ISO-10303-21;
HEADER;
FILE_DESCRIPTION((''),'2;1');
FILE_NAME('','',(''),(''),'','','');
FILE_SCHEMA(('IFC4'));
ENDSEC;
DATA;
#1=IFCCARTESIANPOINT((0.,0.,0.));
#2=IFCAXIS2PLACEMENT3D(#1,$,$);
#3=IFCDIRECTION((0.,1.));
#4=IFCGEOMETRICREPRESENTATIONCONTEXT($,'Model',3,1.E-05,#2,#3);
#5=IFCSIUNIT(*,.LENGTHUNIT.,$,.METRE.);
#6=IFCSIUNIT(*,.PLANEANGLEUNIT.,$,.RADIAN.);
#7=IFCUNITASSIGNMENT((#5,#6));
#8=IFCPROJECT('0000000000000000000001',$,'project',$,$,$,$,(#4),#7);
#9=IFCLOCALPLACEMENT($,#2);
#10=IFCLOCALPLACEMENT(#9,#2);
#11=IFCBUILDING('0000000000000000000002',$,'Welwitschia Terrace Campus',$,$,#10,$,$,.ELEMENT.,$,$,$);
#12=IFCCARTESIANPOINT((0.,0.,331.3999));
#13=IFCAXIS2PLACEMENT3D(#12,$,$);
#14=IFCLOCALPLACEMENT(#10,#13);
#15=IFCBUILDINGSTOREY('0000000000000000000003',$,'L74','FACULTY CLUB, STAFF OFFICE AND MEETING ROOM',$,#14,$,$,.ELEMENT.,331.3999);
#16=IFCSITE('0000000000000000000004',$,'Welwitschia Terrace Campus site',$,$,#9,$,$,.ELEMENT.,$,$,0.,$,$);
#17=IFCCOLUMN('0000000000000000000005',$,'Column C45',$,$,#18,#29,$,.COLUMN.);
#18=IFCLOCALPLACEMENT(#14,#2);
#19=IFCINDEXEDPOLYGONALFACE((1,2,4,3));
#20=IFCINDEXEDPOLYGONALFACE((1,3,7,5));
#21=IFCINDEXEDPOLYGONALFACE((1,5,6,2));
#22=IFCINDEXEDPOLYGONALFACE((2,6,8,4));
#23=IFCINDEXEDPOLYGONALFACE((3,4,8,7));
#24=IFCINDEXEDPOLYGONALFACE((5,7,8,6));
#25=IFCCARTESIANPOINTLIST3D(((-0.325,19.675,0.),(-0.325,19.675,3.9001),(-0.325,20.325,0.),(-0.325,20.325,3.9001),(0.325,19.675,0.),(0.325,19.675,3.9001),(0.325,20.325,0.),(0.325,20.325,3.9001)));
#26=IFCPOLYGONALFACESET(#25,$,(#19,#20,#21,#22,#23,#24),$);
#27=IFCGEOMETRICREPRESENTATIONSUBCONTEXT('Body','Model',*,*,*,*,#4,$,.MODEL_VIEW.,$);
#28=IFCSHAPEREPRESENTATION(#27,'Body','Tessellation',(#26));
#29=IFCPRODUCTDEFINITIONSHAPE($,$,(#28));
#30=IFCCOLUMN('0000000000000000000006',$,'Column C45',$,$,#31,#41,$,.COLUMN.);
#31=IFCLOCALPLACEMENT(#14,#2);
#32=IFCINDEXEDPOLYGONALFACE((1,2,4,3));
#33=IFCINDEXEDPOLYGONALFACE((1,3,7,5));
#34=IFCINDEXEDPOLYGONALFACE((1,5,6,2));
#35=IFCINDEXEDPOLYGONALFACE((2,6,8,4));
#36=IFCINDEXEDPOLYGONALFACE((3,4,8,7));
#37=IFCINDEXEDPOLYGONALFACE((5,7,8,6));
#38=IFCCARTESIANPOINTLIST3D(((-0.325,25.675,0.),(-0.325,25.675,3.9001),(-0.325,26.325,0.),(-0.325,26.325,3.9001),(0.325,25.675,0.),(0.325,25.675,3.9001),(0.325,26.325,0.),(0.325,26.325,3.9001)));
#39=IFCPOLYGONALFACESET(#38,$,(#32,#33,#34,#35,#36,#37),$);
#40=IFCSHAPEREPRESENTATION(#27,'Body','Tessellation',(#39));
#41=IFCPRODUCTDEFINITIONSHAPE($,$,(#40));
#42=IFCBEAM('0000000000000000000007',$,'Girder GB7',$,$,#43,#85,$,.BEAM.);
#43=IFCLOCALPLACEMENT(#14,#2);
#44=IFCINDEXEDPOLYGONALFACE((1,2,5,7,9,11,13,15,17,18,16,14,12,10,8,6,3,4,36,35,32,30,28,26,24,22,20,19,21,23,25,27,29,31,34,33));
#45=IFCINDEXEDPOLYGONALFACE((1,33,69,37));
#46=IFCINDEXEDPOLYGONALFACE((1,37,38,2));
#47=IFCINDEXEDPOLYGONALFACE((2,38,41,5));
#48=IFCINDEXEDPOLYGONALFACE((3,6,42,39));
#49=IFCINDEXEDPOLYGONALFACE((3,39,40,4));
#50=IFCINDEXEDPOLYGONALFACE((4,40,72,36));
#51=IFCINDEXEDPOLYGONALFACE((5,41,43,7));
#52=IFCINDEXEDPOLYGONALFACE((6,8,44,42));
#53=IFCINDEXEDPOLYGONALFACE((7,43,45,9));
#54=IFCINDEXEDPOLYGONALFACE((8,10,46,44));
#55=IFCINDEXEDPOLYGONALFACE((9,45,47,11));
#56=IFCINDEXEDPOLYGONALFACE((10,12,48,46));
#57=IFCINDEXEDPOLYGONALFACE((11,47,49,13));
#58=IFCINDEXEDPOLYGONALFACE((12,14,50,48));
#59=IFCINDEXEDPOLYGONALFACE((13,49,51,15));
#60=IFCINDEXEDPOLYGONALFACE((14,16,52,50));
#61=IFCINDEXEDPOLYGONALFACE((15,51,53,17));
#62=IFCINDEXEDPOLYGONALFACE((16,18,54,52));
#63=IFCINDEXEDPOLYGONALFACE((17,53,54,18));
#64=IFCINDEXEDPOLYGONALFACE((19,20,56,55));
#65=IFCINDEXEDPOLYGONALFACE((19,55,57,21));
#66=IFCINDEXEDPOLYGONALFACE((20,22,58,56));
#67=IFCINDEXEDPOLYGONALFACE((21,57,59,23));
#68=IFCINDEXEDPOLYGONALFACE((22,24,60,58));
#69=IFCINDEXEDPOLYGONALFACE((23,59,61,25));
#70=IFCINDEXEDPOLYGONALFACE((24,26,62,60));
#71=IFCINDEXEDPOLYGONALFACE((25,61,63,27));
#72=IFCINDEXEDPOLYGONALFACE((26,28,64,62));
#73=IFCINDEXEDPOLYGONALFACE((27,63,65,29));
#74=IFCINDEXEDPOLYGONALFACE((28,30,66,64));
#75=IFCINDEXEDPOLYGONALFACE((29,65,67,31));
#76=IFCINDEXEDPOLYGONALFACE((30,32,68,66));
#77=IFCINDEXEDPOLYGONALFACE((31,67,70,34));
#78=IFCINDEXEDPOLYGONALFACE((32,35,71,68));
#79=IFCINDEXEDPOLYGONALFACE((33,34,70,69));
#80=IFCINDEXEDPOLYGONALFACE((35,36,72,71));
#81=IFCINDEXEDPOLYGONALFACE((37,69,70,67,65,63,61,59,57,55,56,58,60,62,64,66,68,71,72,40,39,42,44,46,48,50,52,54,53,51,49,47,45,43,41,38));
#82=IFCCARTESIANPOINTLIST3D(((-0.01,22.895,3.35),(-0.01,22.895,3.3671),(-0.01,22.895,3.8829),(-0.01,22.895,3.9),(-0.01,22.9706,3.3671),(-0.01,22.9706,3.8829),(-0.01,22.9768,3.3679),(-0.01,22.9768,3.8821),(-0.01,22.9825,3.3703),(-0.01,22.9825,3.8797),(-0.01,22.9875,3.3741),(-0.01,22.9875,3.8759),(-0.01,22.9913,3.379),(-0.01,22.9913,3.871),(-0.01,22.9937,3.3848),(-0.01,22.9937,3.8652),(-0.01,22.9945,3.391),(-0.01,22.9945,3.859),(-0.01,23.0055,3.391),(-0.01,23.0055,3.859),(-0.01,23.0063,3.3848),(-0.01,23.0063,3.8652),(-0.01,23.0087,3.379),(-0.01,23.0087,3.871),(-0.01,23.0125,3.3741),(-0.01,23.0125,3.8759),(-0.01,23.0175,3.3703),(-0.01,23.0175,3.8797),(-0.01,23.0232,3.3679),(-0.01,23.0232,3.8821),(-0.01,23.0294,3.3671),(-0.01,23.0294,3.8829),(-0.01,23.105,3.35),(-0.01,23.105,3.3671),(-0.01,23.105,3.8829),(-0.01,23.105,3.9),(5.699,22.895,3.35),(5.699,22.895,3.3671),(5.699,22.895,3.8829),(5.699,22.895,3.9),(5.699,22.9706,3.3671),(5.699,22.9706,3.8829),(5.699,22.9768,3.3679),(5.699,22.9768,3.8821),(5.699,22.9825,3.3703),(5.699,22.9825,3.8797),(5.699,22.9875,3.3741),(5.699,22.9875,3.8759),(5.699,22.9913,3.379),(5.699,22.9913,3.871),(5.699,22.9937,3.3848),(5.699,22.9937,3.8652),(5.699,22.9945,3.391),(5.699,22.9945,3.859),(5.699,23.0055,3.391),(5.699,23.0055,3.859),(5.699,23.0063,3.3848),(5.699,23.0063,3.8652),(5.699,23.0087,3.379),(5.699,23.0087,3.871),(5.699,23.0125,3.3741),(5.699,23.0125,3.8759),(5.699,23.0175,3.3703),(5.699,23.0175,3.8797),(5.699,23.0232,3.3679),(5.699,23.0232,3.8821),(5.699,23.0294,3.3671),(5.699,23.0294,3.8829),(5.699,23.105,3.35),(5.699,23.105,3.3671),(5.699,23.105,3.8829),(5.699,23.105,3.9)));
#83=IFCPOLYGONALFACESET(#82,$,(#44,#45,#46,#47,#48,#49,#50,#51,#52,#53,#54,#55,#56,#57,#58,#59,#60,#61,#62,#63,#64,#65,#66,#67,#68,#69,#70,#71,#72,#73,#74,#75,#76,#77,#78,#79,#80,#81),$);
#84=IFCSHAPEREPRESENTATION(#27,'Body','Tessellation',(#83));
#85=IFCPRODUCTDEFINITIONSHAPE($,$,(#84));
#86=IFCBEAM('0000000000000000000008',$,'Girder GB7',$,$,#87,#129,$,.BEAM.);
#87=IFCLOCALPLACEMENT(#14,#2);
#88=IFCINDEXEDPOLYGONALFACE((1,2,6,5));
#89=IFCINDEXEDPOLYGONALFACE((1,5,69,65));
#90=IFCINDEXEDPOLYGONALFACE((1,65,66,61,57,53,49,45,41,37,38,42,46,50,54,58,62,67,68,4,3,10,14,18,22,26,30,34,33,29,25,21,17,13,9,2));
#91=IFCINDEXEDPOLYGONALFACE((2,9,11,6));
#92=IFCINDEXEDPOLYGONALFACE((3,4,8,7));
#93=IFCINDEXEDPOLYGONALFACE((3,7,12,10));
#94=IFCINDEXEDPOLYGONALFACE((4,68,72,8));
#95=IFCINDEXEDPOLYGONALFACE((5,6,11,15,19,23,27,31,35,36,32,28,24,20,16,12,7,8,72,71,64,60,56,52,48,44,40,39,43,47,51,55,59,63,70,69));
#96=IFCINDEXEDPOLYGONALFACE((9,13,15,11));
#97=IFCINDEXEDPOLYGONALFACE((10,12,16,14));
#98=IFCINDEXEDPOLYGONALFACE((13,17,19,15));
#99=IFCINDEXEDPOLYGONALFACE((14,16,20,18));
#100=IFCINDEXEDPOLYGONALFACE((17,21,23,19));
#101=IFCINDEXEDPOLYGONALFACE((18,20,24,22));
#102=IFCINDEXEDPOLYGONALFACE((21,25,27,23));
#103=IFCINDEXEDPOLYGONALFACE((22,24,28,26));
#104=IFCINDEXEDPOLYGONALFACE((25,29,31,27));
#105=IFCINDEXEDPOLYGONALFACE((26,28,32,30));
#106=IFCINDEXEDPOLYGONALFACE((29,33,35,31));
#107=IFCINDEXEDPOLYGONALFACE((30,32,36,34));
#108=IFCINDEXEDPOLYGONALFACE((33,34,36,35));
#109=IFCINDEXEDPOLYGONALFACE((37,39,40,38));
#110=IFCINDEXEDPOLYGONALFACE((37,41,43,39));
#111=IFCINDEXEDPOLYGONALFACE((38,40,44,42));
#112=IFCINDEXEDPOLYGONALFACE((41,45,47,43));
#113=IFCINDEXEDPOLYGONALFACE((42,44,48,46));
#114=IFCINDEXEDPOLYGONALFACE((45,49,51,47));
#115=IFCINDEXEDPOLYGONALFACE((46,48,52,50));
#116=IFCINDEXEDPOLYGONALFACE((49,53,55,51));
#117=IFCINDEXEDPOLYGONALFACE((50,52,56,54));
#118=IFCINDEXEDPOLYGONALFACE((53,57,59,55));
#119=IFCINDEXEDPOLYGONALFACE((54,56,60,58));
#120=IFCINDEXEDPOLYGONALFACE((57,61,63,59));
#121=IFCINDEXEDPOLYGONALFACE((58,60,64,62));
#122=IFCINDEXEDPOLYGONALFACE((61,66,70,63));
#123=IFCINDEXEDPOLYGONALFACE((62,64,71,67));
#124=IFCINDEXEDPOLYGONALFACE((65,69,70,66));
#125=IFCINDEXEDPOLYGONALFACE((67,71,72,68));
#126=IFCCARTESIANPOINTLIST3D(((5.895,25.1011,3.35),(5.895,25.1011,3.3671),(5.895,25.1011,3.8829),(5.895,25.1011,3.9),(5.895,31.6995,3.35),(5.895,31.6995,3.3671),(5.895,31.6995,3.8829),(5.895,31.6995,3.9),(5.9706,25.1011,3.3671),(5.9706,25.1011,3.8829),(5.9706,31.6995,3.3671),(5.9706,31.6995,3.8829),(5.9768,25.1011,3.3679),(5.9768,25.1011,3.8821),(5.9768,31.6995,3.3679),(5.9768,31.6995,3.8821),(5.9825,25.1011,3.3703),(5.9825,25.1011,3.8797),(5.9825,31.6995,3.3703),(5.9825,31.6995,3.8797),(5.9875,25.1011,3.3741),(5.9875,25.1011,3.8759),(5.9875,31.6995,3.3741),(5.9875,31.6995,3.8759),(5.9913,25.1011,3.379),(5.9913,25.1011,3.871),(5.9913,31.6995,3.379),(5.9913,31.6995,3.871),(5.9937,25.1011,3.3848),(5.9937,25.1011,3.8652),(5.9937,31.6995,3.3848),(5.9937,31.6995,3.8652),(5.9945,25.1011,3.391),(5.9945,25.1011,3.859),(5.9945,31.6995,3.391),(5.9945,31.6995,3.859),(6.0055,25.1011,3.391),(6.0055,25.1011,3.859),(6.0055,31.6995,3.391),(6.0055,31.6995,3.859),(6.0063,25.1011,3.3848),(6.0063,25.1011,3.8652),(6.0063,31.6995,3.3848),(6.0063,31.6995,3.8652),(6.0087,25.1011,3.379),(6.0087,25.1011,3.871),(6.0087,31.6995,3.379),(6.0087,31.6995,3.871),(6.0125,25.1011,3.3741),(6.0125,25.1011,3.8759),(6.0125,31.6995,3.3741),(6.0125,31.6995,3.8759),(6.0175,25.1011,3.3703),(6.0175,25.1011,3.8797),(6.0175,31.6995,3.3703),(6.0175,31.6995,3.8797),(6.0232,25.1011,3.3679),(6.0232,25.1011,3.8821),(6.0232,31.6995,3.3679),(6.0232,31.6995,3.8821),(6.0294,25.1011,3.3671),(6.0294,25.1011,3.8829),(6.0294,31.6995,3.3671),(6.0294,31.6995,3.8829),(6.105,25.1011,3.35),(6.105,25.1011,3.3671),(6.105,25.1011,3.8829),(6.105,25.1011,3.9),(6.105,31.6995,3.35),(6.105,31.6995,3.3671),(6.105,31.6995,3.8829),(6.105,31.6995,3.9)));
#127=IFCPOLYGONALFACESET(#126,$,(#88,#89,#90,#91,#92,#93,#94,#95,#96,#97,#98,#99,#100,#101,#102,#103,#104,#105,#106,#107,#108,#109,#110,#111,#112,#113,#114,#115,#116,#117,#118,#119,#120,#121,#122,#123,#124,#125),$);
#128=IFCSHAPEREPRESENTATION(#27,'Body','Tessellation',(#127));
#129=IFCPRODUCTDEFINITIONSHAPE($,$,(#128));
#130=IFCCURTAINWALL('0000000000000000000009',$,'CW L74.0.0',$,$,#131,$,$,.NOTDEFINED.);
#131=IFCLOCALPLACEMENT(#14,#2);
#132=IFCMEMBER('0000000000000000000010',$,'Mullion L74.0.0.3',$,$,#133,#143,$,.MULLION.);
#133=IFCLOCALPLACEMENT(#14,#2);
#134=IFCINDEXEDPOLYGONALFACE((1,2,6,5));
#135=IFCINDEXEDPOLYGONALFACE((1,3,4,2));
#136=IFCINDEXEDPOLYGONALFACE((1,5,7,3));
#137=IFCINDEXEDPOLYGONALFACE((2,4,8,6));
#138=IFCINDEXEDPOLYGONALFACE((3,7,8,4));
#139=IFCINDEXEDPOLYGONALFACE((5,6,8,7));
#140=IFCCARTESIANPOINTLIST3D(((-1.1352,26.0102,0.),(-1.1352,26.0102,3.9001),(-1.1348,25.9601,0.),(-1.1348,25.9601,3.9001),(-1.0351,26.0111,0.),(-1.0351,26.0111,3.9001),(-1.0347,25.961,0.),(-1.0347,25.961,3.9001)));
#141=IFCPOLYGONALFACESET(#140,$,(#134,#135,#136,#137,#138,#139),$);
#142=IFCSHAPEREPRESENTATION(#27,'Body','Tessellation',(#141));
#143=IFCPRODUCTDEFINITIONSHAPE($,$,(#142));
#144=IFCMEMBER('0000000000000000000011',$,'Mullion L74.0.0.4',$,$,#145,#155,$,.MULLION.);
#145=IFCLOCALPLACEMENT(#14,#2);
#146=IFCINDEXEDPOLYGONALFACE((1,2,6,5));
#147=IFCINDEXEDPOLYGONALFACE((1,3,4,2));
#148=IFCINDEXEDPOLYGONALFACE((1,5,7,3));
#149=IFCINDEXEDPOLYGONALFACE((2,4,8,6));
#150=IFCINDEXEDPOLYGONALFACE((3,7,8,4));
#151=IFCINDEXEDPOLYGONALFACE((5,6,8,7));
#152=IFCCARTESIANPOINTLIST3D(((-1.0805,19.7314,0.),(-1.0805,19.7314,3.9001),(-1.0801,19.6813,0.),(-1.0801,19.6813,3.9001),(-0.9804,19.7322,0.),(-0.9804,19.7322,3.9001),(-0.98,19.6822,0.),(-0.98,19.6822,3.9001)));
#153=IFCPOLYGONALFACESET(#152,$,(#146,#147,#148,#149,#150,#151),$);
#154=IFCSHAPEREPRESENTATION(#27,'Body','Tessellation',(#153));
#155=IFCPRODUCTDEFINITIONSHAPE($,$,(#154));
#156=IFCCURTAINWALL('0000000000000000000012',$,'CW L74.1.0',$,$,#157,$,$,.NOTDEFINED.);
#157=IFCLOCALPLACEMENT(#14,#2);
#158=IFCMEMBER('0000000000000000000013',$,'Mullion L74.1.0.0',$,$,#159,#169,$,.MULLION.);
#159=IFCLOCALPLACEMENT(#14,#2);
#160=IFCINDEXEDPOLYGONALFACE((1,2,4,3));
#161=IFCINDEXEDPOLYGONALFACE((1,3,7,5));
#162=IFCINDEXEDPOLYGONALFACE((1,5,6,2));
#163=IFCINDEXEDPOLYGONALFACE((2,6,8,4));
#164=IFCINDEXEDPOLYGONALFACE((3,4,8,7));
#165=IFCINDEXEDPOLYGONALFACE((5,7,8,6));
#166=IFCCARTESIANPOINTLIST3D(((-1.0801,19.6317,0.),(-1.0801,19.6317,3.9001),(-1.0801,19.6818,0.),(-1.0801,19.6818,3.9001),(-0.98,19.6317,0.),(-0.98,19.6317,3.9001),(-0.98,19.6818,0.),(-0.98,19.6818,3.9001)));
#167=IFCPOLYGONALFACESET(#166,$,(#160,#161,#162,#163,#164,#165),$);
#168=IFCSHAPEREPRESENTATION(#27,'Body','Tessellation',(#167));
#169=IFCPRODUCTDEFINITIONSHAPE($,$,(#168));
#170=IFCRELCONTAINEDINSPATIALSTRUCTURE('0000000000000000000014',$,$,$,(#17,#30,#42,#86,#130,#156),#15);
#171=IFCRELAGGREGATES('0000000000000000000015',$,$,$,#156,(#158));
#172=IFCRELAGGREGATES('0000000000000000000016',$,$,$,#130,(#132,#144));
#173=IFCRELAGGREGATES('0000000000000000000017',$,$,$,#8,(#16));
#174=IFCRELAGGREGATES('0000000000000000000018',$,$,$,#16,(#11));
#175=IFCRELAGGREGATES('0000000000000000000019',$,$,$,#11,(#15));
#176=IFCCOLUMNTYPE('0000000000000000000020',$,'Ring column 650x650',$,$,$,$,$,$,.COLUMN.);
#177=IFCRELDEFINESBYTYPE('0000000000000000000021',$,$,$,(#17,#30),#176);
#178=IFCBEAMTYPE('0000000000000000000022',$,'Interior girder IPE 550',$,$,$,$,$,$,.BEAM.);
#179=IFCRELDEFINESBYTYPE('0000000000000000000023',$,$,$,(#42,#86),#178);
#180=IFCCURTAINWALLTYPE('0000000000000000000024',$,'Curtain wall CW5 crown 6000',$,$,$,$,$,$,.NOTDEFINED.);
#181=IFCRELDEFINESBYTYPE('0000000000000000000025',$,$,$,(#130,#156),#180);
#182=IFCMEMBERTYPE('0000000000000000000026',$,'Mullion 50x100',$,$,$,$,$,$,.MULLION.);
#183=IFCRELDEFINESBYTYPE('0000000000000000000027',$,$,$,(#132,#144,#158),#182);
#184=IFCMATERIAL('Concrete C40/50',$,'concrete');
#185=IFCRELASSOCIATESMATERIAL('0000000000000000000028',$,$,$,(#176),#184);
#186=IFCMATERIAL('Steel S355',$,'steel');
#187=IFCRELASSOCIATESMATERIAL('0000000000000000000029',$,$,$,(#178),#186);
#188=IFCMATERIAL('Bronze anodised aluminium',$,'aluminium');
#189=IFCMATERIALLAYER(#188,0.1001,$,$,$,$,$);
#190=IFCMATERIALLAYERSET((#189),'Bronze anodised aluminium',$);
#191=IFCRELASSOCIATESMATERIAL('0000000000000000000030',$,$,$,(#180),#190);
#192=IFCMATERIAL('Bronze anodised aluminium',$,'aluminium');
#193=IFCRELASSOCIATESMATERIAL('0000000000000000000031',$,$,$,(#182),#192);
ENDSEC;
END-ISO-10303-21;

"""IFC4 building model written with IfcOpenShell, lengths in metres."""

from ifc_helpers import new_model, si_unit, direction, frame, origin, origin_2d, place, context, subcontext, project, spatial, rectangle, i_section, extrude, material, layer, layer_set, material_profile, profile_set, type_object, element, aggregate, save


model = new_model("IFC4")

# Units and contexts
model_context = context("Model", 3, precision=1e-05, world=origin(), true_north=direction((0.0, 1.0)))
body_context = subcontext(model_context, "Body", "Model", "MODEL_VIEW")
ifc_project = project(units=[si_unit("LENGTHUNIT", "METRE"), si_unit("PLANEANGLEUNIT", "RADIAN")], contexts=[model_context])

# Site, building, storey
site_placement = place(None, origin())
site = spatial("IfcSite", under=ifc_project, at=site_placement, Name="Welwitschia Terrace Campus site", CompositionType="ELEMENT", RefElevation=0.0)
building_placement = place(site_placement, origin())
building = spatial("IfcBuilding", under=site, at=building_placement, Name="Welwitschia Terrace Campus", CompositionType="ELEMENT")
storey_placement = place(building_placement, frame((0.0, 0.0, 331.3999)))
storey = spatial("IfcBuildingStorey", under=building, at=storey_placement, Name="L74", Description="FACULTY CLUB, STAFF OFFICE AND MEETING ROOM", CompositionType="ELEMENT", Elevation=331.3999)

# Columns
ifc_material_1 = material(Name="Concrete C40/50", Category="concrete")
ifc_material_profile_1 = material_profile(ifc_material_1, rectangle(XDim=0.6499, YDim=0.6499, at=origin_2d()))
ifc_profile_set_1 = profile_set([ifc_material_profile_1], Name="Concrete C40/50")
column_type = type_object("IfcColumnType", Name="Ring column 650x650", PredefinedType="COLUMN", material=ifc_profile_set_1)
for number, where, z_axis, x_axis, name in (
    (1, (0.0, 20.0, 0.0), (0.0, 0.0, 1.0), (1.0, 0.0, 0.0), "Column C45"),
    (2, (0.0, 26.0, 0.0), (0.0, 0.0, 1.0), (1.0, 0.0, 0.0), "Column C45"),
):
    element("IfcColumn", number, at=place(storey_placement, frame(where, z_axis=z_axis, x_axis=x_axis)), inside=storey, type_object=column_type, Name=name, PredefinedType="COLUMN", context=body_context, shape_type="SweptSolid", body=[
        extrude(rectangle(XDim=0.6499, YDim=0.6499, at=origin_2d()), origin(), (0.0, 0.0, 1.0), 3.9001),
    ])

# Beams
ifc_material_2 = material(Name="Steel S355", Category="steel")
ifc_material_profile_2 = material_profile(ifc_material_2, i_section(OverallWidth=0.21, OverallDepth=0.55, WebThickness=0.011, FlangeThickness=0.0171, FilletRadius=0.0239, at=origin_2d()))
ifc_profile_set_2 = profile_set([ifc_material_profile_2], Name="Steel S355")
beam_type_1 = type_object("IfcBeamType", Name="Interior girder IPE 550", PredefinedType="BEAM", material=ifc_profile_set_2)
beam_1_placement = place(storey_placement, frame((-0.01, 23.0, 3.625), z_axis=(1.0, 0.0, 0.0), x_axis=(0.0, 1.0, 0.0)))
element("IfcBeam", 3, at=beam_1_placement, inside=storey, type_object=beam_type_1, Name="Girder GB7", PredefinedType="BEAM", context=body_context, shape_type="SweptSolid", body=[
    extrude(i_section(OverallWidth=0.21, OverallDepth=0.55, WebThickness=0.011, FlangeThickness=0.0171, FilletRadius=0.0239, at=origin_2d()), origin(), (0.0, 0.0, 1.0), 5.709),
])
beam_2_placement = place(storey_placement, frame((6.0, 25.1011, 3.625), z_axis=(0.0, 1.0, 0.0), x_axis=(-1.0, 0.0, 0.0)))
element("IfcBeam", 4, at=beam_2_placement, inside=storey, type_object=beam_type_1, Name="Girder GB7", PredefinedType="BEAM", context=body_context, shape_type="SweptSolid", body=[
    extrude(i_section(OverallWidth=0.21, OverallDepth=0.55, WebThickness=0.011, FlangeThickness=0.0171, FilletRadius=0.0239, at=origin_2d()), origin(), (0.0, 0.0, 1.0), 6.5984),
])

# Curtain wall, members
ifc_material_3 = material(Name="Bronze anodised aluminium", Category="aluminium")
ifc_layer_1 = layer(ifc_material_3, 0.1001)
ifc_layer_set_1 = layer_set([ifc_layer_1], Name="Bronze anodised aluminium")
curtain_wall_type = type_object("IfcCurtainWallType", Name="Curtain wall CW5 crown 6000", PredefinedType="NOTDEFINED", material=ifc_layer_set_1)
curtain_wall_1_placement = place(storey_placement, origin())
curtain_wall_1 = element("IfcCurtainWall", 5, at=curtain_wall_1_placement, inside=storey, type_object=curtain_wall_type, Name="CW L74.0.0", PredefinedType="NOTDEFINED")
ifc_material_4 = material(Name="Bronze anodised aluminium", Category="aluminium")
ifc_material_profile_3 = material_profile(ifc_material_4, rectangle(XDim=0.1001, YDim=0.05, at=origin_2d()))
ifc_profile_set_3 = profile_set([ifc_material_profile_3], Name="Bronze anodised aluminium")
member_type_1 = type_object("IfcMemberType", Name="Mullion 50x100", PredefinedType="MULLION", material=ifc_profile_set_3)
member_1_placement = place(storey_placement, frame((-1.085, 25.9856, 0.0), z_axis=(0.0, 0.0, 1.0), x_axis=(0.999962, 0.008727, 0.0)))
member_1 = element("IfcMember", 6, at=member_1_placement, type_object=member_type_1, Name="Mullion L74.0.0.3", PredefinedType="MULLION", context=body_context, shape_type="SweptSolid", body=[
    extrude(rectangle(XDim=0.1001, YDim=0.05, at=origin_2d()), origin(), (0.0, 0.0, 1.0), 3.9001),
])
member_2_placement = place(storey_placement, frame((-1.0303, 19.7068, 0.0), z_axis=(0.0, 0.0, 1.0), x_axis=(0.999962, 0.008727, 0.0)))
member_2 = element("IfcMember", 7, at=member_2_placement, type_object=member_type_1, Name="Mullion L74.0.0.4", PredefinedType="MULLION", context=body_context, shape_type="SweptSolid", body=[
    extrude(rectangle(XDim=0.1001, YDim=0.05, at=origin_2d()), origin(), (0.0, 0.0, 1.0), 3.9001),
])

# Curtain wall, member
curtain_wall_2_placement = place(storey_placement, origin())
curtain_wall_2 = element("IfcCurtainWall", 8, at=curtain_wall_2_placement, inside=storey, type_object=curtain_wall_type, Name="CW L74.1.0", PredefinedType="NOTDEFINED")
member_3_placement = place(storey_placement, frame((-1.03, 19.6567, 0.0), z_axis=(0.0, 0.0, 1.0), x_axis=(1.0, 0.0, 0.0)))
member_3 = element("IfcMember", 9, at=member_3_placement, type_object=member_type_1, Name="Mullion L74.1.0.0", PredefinedType="MULLION", context=body_context, shape_type="SweptSolid", body=[
    extrude(rectangle(XDim=0.1001, YDim=0.05, at=origin_2d()), origin(), (0.0, 0.0, 1.0), 3.9001),
])

aggregate(curtain_wall_2, [member_3])

aggregate(curtain_wall_1, [member_1, member_2])

save(model, "model.ifc")
